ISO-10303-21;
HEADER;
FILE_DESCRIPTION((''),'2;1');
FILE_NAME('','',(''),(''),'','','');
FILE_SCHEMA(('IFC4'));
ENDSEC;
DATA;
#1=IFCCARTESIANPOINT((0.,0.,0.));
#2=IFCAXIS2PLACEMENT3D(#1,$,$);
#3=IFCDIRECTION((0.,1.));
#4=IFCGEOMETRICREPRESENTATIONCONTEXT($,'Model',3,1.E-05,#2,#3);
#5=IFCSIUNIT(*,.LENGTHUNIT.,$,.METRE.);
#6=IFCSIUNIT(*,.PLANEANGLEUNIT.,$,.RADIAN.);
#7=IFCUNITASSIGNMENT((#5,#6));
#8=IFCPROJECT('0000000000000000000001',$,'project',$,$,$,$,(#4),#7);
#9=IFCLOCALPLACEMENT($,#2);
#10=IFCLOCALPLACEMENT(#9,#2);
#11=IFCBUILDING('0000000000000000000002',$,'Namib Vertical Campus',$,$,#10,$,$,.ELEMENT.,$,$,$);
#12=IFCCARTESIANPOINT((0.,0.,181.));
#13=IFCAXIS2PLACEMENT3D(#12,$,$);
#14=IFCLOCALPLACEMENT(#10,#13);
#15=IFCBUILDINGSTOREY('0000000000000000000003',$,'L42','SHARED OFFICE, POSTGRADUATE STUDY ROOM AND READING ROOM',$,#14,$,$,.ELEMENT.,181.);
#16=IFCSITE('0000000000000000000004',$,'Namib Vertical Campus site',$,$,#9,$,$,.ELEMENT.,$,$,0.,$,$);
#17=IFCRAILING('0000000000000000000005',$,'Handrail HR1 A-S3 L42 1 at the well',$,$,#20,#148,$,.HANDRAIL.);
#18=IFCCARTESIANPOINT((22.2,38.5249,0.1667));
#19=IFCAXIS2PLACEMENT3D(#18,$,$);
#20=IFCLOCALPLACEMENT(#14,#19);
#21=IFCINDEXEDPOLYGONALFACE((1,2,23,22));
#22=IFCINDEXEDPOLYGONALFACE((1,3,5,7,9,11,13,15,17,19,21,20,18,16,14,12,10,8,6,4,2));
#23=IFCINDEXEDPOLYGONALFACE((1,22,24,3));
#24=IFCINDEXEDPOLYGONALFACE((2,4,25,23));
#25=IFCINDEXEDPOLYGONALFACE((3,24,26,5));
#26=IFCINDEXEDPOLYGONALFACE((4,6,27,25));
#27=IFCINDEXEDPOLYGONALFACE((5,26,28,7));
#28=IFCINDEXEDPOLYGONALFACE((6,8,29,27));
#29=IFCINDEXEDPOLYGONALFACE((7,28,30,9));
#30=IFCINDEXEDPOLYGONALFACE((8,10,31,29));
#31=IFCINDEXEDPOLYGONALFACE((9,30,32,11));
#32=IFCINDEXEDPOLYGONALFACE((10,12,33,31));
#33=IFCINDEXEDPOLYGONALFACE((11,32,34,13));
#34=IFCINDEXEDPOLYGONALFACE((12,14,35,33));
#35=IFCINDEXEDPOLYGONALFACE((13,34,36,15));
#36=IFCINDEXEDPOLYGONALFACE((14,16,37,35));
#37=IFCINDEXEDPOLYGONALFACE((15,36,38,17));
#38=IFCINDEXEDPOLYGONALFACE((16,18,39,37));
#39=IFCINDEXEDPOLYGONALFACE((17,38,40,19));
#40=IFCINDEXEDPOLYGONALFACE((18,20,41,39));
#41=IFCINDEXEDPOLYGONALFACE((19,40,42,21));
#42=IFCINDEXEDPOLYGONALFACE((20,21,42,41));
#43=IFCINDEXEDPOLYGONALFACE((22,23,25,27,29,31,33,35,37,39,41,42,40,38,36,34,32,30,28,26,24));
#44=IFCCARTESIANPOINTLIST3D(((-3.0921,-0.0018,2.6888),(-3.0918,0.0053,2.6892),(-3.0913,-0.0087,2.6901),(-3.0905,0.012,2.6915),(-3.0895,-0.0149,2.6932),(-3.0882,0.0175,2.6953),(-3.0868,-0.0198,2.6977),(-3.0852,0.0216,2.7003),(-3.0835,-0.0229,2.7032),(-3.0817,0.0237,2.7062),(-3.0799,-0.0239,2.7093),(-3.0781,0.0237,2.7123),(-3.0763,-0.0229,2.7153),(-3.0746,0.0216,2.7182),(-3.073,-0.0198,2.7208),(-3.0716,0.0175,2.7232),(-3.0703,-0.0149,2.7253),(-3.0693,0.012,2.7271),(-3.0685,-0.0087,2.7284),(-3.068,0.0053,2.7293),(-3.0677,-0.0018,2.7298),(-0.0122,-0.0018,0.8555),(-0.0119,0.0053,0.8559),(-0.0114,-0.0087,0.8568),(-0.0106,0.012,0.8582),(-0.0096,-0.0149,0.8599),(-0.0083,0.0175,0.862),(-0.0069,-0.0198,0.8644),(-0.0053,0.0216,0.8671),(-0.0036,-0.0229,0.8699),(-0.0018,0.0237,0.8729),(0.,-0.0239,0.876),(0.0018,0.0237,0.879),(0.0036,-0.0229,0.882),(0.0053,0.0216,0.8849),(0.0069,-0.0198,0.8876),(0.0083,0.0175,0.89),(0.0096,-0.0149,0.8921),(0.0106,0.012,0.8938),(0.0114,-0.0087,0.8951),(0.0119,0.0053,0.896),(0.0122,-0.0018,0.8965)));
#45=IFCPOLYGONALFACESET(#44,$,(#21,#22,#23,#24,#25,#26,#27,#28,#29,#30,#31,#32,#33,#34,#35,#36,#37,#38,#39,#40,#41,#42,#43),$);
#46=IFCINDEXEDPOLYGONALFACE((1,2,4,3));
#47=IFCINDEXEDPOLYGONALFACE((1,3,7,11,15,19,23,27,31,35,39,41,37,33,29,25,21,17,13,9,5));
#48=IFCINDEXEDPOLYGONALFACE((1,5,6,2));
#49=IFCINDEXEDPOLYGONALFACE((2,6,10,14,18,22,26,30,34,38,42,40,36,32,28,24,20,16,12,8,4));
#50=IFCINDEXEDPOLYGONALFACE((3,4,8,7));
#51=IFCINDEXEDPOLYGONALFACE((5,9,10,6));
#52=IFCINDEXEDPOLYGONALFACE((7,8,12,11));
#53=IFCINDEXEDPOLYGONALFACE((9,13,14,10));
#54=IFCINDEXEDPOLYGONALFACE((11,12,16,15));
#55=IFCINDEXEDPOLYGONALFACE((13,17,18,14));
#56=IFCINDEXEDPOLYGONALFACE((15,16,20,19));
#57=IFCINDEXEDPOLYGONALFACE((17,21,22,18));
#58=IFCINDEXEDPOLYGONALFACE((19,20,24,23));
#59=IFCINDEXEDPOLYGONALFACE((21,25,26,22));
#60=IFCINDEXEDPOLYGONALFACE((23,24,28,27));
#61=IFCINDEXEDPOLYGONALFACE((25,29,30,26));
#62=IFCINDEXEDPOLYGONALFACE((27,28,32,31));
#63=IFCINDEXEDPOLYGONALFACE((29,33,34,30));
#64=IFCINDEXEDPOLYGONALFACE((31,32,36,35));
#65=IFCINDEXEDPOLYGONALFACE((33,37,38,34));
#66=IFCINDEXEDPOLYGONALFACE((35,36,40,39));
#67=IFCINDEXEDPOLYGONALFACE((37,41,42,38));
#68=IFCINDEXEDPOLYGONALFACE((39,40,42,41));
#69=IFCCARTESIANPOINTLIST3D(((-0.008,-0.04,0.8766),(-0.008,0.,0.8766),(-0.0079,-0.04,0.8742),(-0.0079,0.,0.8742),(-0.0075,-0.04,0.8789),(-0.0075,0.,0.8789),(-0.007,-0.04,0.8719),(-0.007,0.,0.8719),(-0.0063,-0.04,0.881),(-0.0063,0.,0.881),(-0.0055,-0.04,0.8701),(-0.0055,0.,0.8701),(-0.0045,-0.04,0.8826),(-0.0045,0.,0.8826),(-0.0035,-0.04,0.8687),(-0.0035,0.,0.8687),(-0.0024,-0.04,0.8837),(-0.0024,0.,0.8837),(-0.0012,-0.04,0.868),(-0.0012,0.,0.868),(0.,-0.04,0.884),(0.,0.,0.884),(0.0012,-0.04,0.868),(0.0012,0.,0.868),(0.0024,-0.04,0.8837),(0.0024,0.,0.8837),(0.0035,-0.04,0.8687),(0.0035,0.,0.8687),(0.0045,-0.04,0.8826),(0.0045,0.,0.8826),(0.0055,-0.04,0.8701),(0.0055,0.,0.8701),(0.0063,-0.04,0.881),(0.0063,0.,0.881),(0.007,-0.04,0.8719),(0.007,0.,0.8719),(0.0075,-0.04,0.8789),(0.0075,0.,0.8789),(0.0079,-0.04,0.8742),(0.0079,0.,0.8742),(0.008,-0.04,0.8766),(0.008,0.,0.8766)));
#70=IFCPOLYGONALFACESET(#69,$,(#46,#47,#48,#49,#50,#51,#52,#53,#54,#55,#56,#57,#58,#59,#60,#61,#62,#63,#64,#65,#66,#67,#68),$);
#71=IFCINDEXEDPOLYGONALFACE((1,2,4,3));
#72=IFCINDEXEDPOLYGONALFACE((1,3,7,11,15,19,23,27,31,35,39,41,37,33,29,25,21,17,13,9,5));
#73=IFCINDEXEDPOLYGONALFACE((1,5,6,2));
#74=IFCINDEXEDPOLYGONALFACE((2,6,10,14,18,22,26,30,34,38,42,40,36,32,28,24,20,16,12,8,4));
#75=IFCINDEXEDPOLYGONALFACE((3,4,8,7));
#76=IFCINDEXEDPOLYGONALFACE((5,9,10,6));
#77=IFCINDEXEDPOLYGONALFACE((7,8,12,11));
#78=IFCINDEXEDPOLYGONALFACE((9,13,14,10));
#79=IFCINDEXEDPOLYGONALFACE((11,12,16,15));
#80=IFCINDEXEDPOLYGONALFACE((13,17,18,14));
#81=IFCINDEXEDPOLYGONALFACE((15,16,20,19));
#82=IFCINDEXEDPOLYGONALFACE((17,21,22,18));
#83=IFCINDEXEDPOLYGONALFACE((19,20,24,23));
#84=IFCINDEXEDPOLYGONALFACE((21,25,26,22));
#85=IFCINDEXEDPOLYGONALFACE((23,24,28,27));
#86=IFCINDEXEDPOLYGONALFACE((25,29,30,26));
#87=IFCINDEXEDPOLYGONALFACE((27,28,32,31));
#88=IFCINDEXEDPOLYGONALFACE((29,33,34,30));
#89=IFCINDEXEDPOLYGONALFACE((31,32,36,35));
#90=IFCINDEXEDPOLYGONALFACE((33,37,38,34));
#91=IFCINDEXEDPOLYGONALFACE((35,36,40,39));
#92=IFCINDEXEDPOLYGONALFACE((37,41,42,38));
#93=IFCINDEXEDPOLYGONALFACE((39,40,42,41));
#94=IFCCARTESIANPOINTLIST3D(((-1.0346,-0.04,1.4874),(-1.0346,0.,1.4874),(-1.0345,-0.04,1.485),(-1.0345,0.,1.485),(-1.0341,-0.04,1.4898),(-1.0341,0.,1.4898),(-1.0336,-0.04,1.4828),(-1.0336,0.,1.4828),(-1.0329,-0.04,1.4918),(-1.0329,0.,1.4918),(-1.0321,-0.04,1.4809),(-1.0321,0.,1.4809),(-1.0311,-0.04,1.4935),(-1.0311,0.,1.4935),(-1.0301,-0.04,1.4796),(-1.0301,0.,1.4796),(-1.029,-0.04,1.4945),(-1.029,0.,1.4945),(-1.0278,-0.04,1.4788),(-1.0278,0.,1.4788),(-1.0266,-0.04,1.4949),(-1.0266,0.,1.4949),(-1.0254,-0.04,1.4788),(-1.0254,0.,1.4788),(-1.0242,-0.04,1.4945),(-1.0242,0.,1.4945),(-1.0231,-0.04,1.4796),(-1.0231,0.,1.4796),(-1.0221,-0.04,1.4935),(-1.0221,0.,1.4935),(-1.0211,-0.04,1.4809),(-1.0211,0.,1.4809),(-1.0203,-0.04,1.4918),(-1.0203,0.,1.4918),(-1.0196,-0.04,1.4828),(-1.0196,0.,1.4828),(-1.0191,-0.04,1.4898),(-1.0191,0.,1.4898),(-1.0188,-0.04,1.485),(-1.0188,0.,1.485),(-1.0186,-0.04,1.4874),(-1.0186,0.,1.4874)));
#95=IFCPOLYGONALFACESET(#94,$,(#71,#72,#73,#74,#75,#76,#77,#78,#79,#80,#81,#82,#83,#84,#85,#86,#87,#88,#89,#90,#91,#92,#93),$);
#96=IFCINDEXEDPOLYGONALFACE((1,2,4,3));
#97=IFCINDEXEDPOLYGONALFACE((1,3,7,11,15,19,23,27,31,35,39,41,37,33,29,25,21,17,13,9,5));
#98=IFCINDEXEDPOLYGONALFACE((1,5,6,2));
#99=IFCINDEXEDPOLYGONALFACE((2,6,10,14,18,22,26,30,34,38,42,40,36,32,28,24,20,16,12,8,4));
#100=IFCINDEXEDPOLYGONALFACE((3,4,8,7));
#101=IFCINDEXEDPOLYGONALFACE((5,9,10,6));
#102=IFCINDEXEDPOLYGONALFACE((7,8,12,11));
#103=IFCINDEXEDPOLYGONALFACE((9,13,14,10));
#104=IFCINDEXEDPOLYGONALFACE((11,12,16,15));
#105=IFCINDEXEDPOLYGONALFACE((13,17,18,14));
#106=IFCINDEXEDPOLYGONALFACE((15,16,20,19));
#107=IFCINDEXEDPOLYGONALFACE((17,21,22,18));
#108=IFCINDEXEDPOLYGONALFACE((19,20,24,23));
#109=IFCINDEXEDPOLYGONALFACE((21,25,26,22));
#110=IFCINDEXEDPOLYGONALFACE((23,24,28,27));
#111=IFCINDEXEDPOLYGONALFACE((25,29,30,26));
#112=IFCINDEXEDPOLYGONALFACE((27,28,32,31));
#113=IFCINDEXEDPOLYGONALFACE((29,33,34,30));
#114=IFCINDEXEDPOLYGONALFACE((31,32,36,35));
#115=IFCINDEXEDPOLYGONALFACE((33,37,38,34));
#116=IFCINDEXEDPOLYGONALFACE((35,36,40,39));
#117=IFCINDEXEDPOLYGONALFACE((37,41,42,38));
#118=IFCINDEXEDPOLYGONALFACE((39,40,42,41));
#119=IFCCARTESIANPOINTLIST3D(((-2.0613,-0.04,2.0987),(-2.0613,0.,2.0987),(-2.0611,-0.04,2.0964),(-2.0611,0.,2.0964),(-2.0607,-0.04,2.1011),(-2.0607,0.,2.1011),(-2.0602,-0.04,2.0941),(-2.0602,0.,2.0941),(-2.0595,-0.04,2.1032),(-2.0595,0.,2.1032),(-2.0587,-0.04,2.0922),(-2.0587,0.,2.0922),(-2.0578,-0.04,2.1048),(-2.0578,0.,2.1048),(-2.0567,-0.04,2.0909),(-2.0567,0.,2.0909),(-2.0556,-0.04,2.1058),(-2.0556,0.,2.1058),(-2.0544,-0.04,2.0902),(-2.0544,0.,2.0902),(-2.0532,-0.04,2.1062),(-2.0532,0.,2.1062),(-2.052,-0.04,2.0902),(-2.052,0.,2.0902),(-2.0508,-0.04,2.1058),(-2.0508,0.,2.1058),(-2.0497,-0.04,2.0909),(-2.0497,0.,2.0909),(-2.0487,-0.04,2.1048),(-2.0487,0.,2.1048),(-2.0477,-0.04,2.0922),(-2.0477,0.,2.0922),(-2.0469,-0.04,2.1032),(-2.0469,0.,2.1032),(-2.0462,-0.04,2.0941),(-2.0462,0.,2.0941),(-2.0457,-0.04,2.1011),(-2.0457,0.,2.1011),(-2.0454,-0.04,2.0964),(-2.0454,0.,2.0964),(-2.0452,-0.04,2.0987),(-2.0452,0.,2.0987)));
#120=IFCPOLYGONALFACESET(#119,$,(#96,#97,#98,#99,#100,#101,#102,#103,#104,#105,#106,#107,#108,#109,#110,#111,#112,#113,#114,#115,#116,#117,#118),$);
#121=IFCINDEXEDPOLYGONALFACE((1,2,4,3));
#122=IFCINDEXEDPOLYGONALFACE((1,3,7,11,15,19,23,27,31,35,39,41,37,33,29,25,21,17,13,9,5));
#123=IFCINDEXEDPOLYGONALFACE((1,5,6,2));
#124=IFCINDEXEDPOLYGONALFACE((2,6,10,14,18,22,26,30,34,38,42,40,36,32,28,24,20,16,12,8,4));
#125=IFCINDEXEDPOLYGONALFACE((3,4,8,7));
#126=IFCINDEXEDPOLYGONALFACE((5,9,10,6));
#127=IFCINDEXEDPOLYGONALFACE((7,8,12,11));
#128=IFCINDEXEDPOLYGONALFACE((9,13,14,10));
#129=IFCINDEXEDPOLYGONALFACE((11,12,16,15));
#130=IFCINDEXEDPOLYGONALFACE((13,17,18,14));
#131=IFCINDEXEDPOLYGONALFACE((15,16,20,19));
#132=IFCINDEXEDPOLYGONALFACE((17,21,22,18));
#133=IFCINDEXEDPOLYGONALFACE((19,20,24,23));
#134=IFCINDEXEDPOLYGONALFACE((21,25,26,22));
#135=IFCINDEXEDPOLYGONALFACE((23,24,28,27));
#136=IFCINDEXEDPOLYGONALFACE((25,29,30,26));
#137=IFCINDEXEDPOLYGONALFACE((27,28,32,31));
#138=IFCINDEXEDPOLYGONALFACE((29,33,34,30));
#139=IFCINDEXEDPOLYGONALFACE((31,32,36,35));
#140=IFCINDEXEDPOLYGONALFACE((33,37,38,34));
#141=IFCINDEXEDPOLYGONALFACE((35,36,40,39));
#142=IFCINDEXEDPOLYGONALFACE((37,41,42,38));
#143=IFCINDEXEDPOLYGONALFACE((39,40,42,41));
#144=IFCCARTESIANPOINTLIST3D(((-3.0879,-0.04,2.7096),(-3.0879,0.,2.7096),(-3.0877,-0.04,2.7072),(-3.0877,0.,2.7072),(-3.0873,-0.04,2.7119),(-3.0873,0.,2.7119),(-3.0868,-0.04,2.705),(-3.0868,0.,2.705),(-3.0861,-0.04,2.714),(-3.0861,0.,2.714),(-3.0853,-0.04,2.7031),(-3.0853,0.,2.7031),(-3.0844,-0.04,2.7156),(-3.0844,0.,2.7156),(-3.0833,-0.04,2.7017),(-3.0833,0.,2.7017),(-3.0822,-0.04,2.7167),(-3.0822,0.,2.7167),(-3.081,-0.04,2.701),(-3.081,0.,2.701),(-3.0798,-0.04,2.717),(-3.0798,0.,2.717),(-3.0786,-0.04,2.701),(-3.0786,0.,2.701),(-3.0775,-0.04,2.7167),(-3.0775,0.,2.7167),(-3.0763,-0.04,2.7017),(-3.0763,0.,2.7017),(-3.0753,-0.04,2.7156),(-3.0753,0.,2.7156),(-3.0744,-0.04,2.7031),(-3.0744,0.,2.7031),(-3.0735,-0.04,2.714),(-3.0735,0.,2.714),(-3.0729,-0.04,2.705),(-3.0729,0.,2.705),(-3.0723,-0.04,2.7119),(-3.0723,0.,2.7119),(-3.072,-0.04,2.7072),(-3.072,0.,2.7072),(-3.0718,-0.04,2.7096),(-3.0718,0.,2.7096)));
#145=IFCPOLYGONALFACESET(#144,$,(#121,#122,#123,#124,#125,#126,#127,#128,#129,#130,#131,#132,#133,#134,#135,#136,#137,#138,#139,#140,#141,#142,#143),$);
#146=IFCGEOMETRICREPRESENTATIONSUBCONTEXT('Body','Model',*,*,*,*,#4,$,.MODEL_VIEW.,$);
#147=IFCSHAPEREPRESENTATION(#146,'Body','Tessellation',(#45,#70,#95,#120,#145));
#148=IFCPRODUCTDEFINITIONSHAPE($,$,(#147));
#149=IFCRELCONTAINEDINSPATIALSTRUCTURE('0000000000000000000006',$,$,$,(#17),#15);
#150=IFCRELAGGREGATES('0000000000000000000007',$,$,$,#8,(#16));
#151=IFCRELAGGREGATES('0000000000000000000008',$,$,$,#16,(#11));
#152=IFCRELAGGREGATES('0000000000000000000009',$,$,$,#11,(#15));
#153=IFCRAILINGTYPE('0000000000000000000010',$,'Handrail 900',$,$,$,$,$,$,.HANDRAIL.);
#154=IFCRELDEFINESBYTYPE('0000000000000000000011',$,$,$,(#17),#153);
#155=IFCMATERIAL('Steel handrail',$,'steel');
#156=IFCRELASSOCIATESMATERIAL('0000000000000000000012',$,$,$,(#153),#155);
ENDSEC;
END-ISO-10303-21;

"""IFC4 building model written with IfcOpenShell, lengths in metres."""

from ifc_helpers import new_model, si_unit, direction, frame, origin, origin_2d, place, context, subcontext, project, spatial, circle, extrude, material, type_object, element, save


model = new_model("IFC4")

# Units and contexts
model_context = context("Model", 3, precision=1e-05, world=origin(), true_north=direction((0.0, 1.0)))
body_context = subcontext(model_context, "Body", "Model", "MODEL_VIEW")
ifc_project = project(units=[si_unit("LENGTHUNIT", "METRE"), si_unit("PLANEANGLEUNIT", "RADIAN")], contexts=[model_context])

# Site, building, storey
site_placement = place(None, origin())
site = spatial("IfcSite", under=ifc_project, at=site_placement, Name="Namib Vertical Campus site", CompositionType="ELEMENT", RefElevation=0.0)
building_placement = place(site_placement, origin())
building = spatial("IfcBuilding", under=site, at=building_placement, Name="Namib Vertical Campus", CompositionType="ELEMENT")
storey_placement = place(building_placement, frame((0.0, 0.0, 181.0)))
storey = spatial("IfcBuildingStorey", under=building, at=storey_placement, Name="L42", Description="SHARED OFFICE, POSTGRADUATE STUDY ROOM AND READING ROOM", CompositionType="ELEMENT", Elevation=181.0)

# Railing
ifc_material_1 = material(Name="Steel handrail", Category="steel")
railing_type_1 = type_object("IfcRailingType", Name="Handrail 900", PredefinedType="HANDRAIL", material=ifc_material_1)
railing_1_placement = place(storey_placement, frame((22.2, 38.5249, 0.1667)))
element("IfcRailing", 1, at=railing_1_placement, inside=storey, type_object=railing_type_1, Name="Handrail HR1 A-S3 L42 1 at the well", PredefinedType="HANDRAIL", context=body_context, shape_type="SweptSolid", body=[
    extrude(circle(Radius=0.0239, at=origin_2d()), frame((0.0, 0.0, 0.876), z_axis=(-0.859291, 0.0, 0.511487), x_axis=(0.0, -1.0, 0.0)), (0.0, 0.0, 1.0), 3.5842),
    extrude(circle(Radius=0.0081, at=origin_2d()), frame((0.0, 0.0, 0.876), z_axis=(0.0, -1.0, 0.0), x_axis=(0.0, 0.0, 1.0)), (0.0, 0.0, 1.0), 0.04),
    extrude(circle(Radius=0.0081, at=origin_2d()), frame((-1.0266, 0.0, 1.4868), z_axis=(0.0, -1.0, 0.0), x_axis=(0.0, 0.0, 1.0)), (0.0, 0.0, 1.0), 0.04),
    extrude(circle(Radius=0.0081, at=origin_2d()), frame((-2.0532, 0.0, 2.0981), z_axis=(0.0, -1.0, 0.0), x_axis=(0.0, 0.0, 1.0)), (0.0, 0.0, 1.0), 0.04),
    extrude(circle(Radius=0.0081, at=origin_2d()), frame((-3.0798, 0.0, 2.709), z_axis=(0.0, -1.0, 0.0), x_axis=(0.0, 0.0, 1.0)), (0.0, 0.0, 1.0), 0.04),
])

save(model, "model.ifc")
